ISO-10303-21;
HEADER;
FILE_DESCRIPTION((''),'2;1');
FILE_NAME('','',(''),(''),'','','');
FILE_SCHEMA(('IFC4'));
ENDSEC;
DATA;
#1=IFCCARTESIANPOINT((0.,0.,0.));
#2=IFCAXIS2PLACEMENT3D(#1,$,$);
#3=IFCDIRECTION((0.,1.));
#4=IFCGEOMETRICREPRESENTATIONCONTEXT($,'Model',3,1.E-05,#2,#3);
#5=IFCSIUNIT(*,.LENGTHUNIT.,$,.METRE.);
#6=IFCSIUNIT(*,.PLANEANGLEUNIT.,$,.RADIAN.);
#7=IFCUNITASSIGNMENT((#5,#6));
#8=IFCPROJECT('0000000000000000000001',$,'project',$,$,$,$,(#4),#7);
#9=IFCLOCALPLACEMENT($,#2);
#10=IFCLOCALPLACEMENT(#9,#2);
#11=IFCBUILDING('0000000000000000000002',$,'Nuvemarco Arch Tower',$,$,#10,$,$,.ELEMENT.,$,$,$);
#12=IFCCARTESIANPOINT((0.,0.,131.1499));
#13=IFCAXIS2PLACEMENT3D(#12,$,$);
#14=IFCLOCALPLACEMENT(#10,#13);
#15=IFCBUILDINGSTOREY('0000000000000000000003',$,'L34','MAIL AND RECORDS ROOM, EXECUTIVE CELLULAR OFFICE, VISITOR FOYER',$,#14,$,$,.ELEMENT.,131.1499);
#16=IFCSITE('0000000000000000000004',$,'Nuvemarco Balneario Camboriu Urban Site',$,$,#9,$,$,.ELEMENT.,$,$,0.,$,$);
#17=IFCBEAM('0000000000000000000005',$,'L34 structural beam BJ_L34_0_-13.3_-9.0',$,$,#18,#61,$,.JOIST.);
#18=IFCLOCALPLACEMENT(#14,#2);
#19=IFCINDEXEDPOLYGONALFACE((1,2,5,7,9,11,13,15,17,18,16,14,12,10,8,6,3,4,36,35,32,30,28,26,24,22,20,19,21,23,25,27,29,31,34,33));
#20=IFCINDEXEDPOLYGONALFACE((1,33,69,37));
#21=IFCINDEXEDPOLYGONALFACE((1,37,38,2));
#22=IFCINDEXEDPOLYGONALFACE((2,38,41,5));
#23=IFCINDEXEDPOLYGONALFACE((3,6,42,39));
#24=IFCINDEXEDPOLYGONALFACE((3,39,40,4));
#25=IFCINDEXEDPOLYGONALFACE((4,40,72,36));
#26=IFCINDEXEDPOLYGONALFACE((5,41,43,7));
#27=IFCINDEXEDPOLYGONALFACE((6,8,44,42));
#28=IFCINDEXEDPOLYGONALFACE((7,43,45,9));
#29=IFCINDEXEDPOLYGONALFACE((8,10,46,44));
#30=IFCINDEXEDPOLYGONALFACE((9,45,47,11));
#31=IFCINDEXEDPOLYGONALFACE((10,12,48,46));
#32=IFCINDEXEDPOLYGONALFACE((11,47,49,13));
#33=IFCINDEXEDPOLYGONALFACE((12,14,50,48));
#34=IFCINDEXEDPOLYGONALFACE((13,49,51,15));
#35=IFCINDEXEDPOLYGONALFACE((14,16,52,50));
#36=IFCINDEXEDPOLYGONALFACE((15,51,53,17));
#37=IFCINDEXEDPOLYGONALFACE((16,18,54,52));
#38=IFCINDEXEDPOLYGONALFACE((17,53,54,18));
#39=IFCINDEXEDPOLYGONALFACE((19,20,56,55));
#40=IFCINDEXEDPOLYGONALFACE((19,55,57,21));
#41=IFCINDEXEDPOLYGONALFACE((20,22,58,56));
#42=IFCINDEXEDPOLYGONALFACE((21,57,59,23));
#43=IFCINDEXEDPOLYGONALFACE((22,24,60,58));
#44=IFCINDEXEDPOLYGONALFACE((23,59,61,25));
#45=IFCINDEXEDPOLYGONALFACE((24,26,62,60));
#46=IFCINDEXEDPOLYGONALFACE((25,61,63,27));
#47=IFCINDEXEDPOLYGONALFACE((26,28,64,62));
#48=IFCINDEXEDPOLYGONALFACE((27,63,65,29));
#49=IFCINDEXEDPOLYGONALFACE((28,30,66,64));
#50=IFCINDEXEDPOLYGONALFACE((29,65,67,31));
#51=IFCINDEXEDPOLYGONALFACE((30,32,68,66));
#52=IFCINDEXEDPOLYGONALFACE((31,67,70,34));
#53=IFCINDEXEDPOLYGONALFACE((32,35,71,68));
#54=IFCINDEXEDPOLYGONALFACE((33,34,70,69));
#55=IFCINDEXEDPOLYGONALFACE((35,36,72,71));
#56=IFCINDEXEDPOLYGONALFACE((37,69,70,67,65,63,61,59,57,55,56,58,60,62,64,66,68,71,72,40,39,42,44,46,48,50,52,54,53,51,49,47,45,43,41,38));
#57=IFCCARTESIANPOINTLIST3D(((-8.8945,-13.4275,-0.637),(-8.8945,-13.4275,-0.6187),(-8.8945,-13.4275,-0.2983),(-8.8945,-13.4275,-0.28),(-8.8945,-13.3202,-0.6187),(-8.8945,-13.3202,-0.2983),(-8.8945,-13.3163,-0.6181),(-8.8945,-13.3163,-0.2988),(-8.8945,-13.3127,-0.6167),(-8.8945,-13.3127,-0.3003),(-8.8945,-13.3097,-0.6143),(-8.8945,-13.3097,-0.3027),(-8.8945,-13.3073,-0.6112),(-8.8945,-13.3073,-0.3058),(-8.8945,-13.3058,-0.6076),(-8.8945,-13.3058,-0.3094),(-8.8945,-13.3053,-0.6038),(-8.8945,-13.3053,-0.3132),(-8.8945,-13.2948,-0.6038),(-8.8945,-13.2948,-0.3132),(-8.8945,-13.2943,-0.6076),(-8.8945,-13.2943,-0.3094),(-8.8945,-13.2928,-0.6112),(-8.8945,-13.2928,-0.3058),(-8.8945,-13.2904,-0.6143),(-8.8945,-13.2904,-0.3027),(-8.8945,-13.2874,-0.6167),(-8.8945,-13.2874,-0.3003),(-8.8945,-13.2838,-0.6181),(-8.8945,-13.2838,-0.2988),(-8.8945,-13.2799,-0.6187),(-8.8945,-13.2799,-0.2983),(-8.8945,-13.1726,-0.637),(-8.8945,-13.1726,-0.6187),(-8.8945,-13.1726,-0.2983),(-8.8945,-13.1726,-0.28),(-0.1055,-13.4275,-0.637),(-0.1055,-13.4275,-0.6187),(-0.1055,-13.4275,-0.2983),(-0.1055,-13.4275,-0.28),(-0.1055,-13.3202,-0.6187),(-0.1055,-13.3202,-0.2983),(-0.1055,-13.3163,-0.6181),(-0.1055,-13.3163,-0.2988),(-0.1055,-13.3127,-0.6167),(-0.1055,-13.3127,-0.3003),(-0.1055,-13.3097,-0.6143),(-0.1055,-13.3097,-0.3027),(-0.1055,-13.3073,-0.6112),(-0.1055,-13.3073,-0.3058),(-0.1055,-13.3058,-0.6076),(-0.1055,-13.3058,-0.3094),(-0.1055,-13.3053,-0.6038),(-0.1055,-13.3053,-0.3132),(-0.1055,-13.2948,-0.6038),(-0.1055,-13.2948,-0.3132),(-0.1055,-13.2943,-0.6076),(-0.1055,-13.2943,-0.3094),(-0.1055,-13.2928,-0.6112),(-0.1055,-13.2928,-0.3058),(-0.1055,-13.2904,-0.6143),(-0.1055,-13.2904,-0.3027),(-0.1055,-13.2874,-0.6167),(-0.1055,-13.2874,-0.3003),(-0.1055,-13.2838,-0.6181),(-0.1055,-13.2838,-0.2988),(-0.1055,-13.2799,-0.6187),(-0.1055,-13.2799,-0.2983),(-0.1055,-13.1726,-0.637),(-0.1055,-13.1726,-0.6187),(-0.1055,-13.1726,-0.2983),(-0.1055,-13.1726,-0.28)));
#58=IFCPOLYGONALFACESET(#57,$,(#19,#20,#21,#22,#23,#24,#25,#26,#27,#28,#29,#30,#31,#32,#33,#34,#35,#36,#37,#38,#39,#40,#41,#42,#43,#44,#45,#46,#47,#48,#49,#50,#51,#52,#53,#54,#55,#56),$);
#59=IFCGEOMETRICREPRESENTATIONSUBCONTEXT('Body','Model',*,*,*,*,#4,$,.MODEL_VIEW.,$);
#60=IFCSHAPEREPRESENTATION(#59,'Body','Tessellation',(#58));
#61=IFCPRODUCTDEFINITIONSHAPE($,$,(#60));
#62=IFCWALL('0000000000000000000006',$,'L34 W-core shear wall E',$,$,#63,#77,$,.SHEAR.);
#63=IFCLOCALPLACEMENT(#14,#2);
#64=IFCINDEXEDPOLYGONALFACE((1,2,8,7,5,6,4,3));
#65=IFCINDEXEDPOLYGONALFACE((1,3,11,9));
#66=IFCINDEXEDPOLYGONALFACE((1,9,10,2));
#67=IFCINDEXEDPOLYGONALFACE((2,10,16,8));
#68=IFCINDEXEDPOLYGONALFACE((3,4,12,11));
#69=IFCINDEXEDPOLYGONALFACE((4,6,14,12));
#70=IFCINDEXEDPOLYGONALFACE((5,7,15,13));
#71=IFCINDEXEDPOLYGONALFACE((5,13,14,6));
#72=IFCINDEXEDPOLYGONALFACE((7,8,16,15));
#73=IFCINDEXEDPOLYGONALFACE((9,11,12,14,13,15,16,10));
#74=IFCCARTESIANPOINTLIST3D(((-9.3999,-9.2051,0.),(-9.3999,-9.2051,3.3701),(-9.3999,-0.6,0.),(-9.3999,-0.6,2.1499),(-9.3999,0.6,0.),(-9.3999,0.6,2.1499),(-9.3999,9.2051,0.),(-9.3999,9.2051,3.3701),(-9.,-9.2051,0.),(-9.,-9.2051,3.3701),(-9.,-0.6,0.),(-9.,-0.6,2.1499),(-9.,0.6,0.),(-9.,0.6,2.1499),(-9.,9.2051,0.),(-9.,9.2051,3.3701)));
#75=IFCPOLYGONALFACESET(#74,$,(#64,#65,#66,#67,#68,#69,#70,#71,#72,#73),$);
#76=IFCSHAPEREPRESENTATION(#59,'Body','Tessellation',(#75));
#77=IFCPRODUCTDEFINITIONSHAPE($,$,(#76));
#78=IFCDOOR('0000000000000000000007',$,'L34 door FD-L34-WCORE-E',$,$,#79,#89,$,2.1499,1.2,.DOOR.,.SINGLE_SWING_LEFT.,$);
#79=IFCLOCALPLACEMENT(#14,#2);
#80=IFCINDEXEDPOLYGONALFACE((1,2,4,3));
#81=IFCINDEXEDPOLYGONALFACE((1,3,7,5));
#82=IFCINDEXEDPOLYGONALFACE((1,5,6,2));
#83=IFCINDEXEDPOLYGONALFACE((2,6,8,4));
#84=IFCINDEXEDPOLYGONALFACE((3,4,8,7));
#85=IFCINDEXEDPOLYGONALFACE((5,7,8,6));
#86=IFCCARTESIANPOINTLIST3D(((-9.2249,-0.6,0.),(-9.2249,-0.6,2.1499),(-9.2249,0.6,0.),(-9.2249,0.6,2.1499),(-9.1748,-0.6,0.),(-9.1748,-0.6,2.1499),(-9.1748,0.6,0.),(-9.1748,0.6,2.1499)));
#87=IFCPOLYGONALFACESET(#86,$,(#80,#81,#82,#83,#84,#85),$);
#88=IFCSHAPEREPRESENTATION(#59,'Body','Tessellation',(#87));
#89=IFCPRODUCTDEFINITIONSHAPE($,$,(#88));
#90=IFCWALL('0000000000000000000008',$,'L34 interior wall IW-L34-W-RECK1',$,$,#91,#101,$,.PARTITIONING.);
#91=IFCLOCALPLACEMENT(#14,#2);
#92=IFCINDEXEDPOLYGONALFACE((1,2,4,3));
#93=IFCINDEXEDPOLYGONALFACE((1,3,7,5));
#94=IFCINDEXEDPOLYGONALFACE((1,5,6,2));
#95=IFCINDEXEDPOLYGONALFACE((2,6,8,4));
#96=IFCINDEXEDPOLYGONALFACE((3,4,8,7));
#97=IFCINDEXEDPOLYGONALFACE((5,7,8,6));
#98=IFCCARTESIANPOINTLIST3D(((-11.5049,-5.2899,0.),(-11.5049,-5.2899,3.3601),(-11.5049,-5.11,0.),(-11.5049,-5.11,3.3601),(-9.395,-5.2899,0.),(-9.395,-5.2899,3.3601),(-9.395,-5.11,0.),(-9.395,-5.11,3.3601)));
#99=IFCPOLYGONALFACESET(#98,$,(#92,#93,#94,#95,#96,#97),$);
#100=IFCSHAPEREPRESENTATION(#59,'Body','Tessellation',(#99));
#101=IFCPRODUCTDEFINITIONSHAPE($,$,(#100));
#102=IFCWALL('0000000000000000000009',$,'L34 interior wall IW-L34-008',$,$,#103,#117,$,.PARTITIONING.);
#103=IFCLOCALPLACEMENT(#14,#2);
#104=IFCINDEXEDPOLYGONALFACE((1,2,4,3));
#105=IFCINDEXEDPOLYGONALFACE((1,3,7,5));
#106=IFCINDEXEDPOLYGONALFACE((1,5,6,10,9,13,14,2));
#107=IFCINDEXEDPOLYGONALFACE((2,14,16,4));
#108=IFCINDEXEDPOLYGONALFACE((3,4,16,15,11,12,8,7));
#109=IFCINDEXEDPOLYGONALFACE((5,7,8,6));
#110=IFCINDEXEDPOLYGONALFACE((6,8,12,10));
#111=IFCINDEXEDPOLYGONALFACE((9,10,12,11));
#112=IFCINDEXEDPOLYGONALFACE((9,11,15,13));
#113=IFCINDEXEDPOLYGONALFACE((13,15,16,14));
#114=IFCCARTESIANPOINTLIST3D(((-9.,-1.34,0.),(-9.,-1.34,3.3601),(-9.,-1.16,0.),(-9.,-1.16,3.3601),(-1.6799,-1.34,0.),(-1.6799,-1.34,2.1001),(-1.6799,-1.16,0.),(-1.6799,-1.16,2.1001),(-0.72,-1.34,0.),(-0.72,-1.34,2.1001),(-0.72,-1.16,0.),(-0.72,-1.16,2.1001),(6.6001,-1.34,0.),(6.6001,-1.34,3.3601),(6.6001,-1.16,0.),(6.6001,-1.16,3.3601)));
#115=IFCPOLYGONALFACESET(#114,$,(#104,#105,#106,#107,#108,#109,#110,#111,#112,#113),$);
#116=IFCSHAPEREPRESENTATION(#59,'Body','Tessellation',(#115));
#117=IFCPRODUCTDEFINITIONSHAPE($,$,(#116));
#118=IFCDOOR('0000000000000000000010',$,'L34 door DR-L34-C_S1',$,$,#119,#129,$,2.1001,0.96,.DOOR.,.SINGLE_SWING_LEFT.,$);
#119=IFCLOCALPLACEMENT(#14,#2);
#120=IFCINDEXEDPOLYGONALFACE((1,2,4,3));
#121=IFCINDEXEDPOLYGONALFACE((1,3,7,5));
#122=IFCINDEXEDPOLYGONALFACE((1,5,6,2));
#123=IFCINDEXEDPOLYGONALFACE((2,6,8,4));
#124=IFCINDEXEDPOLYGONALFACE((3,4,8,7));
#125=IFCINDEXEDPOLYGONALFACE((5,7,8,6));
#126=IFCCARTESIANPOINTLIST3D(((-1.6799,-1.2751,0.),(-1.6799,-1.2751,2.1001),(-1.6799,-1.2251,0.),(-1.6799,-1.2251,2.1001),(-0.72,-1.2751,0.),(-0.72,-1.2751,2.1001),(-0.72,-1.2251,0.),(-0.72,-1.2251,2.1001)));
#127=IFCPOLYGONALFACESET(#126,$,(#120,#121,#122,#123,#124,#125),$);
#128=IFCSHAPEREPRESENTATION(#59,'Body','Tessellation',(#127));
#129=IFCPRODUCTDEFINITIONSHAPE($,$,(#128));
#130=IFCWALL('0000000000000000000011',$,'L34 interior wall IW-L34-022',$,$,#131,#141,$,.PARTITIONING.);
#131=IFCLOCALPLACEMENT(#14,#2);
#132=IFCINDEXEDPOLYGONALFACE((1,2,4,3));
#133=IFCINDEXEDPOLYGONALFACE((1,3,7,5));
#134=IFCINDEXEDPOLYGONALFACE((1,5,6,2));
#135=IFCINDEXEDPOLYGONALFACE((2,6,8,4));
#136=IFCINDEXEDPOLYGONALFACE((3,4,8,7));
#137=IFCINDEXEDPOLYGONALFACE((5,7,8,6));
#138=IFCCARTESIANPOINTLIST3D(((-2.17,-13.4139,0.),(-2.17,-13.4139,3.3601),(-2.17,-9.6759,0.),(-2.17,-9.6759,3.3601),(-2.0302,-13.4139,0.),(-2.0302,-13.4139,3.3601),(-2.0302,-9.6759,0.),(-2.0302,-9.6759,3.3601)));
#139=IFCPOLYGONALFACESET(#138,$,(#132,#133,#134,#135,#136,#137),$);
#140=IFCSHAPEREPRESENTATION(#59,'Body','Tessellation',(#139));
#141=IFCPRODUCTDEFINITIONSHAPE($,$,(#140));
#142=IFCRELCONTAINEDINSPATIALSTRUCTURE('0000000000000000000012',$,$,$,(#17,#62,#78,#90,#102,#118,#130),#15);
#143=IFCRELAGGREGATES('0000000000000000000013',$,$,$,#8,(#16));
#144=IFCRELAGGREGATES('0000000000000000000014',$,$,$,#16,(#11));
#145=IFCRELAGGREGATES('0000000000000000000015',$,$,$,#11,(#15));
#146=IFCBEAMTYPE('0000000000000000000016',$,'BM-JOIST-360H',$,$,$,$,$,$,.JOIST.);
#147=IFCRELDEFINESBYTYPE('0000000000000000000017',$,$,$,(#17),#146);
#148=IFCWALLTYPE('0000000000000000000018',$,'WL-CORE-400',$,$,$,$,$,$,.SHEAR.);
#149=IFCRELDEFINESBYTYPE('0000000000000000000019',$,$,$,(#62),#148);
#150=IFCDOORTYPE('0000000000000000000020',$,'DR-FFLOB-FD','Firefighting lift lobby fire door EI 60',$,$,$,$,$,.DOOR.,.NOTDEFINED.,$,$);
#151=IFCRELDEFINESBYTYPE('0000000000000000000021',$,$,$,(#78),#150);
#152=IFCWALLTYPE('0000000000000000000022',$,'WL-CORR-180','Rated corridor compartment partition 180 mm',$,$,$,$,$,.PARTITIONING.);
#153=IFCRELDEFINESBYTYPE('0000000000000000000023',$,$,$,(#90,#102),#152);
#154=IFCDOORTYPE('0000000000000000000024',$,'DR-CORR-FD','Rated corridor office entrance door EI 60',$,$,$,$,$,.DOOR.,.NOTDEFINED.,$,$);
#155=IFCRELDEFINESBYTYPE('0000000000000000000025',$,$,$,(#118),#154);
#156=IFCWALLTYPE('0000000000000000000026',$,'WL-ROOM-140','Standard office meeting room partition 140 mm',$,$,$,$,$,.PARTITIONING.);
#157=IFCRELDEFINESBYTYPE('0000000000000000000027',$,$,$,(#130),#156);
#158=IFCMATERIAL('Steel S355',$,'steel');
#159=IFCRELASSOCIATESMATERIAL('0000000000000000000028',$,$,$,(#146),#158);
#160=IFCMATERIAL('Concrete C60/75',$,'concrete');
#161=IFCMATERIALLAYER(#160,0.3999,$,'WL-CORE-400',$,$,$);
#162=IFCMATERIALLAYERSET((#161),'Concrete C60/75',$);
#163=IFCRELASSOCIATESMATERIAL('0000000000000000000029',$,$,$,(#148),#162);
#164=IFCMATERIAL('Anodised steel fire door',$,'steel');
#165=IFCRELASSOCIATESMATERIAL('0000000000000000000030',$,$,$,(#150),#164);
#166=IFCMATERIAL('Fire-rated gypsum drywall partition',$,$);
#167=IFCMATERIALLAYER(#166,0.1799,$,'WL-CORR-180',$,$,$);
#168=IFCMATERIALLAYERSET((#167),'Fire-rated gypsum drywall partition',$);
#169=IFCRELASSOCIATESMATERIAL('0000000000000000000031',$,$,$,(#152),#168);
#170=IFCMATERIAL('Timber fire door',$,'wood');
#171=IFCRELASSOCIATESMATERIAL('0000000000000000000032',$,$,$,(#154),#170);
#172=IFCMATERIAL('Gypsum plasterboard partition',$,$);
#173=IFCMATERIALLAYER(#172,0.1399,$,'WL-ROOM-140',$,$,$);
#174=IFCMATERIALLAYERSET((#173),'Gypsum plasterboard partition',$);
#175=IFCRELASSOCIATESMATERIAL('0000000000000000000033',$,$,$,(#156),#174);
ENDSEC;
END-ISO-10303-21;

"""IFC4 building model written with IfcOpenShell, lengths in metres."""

from ifc_helpers import new_model, si_unit, direction, frame, frame_2d, origin, origin_2d, place, context, subcontext, project, spatial, rectangle, i_section, extrude, source, transform, mapped, material, layer, layer_set, material_profile, profile_set, type_object, type_shapes, element, fill, save


model = new_model("IFC4")

# Units and contexts
model_context = context("Model", 3, precision=1e-05, world=origin(), true_north=direction((0.0, 1.0)))
body_context = subcontext(model_context, "Body", "Model", "MODEL_VIEW")
ifc_project = project(units=[si_unit("LENGTHUNIT", "METRE"), si_unit("PLANEANGLEUNIT", "RADIAN")], contexts=[model_context])

# Site, building, storey
site_placement = place(None, origin())
site = spatial("IfcSite", under=ifc_project, at=site_placement, Name="Nuvemarco Balneario Camboriu Urban Site", CompositionType="ELEMENT", RefElevation=0.0)
building_placement = place(site_placement, origin())
building = spatial("IfcBuilding", under=site, at=building_placement, Name="Nuvemarco Arch Tower", CompositionType="ELEMENT")
storey_placement = place(building_placement, frame((0.0, 0.0, 131.1499)))
storey = spatial("IfcBuildingStorey", under=building, at=storey_placement, Name="L34", Description="MAIL AND RECORDS ROOM, EXECUTIVE CELLULAR OFFICE, VISITOR FOYER", CompositionType="ELEMENT", Elevation=131.1499)

# Beam
ifc_material_1 = material(Name="Concrete C60/75", Category="concrete")
ifc_material_2 = material(Name="Steel S355", Category="steel")
ifc_material_profile_1 = material_profile(ifc_material_2, i_section(OverallWidth=0.2549, OverallDepth=0.3569, WebThickness=0.0105, FlangeThickness=0.0183, FilletRadius=0.0149, at=origin_2d()), Name="W360x101")
ifc_profile_set_1 = profile_set([ifc_material_profile_1], Name="Steel S355")
beam_type_1 = type_object("IfcBeamType", Name="BM-JOIST-360H", PredefinedType="JOIST", material=ifc_profile_set_1)
beam_1_placement = place(storey_placement, frame((-8.8945, -13.3, -0.4585), z_axis=(1.0, 0.0, 0.0), x_axis=(0.0, 1.0, 0.0)))
element("IfcBeam", 1, at=beam_1_placement, inside=storey, type_object=beam_type_1, Name="L34 structural beam BJ_L34_0_-13.3_-9.0", PredefinedType="JOIST", context=body_context, shape_type="SweptSolid", body=[
    extrude(i_section(OverallWidth=0.2549, OverallDepth=0.3569, WebThickness=0.0105, FlangeThickness=0.0183, FilletRadius=0.0149, at=origin_2d()), origin(), (0.0, 0.0, 1.0), 8.7891),
])

# Wall, opening, door
ifc_layer_1 = layer(ifc_material_1, 0.3999, Name="WL-CORE-400")
ifc_layer_set_1 = layer_set([ifc_layer_1], Name="Concrete C60/75")
wall_type_1 = type_object("IfcWallType", Name="WL-CORE-400", PredefinedType="SHEAR", material=ifc_layer_set_1)
wall_1_placement = place(storey_placement, frame((-9.2, -9.2051, 0.0), z_axis=(0.0, 0.0, 1.0), x_axis=(0.0, 1.0, 0.0)))
wall_1 = element("IfcWall", 2, at=wall_1_placement, inside=storey, type_object=wall_type_1, Name="L34 W-core shear wall E", PredefinedType="SHEAR", context=body_context, shape_type="SweptSolid", body=[
    extrude(rectangle(XDim=18.4102, YDim=0.3999, at=frame_2d((9.2051, 0.0))), origin(), (0.0, 0.0, 1.0), 3.3701),
])
opening_1_placement = place(wall_1_placement, frame((8.605, 0.0, 0.0)))
opening_1 = element("IfcOpeningElement", 3, at=opening_1_placement, cuts=wall_1, PredefinedType="OPENING", context=body_context, shape_type="SweptSolid", body=[
    extrude(rectangle(XDim=1.2, YDim=2.1499, at=frame_2d((0.6001, 1.075))), frame((0.0, 0.21, 0.0), z_axis=(0.0, -1.0, 0.0), x_axis=(1.0, 0.0, 0.0)), (0.0, 0.0, 1.0), 0.4199),
])
ifc_material_3 = material(Name="Anodised steel fire door", Category="steel")
door_type_1 = type_object("IfcDoorType", Name="DR-FFLOB-FD", Description="Firefighting lift lobby fire door EI 60", OperationType="NOTDEFINED", PredefinedType="DOOR", material=ifc_material_3)
shared_shape_1 = source(origin(), body_context, "Body", "SweptSolid", [
    extrude(rectangle(XDim=1.2, YDim=2.1499, at=frame_2d((0.6001, 1.075))), frame((0.0, 0.0249, 0.0), z_axis=(0.0, -1.0, 0.0), x_axis=(1.0, 0.0, 0.0)), (0.0, 0.0, 1.0), 0.05),
])
type_shapes(door_type_1, [shared_shape_1])
door_1_placement = place(opening_1_placement, origin())
door_1 = element("IfcDoor", 4, at=door_1_placement, inside=storey, type_object=door_type_1, Name="L34 door FD-L34-WCORE-E", OperationType="SINGLE_SWING_LEFT", OverallHeight=2.1499, OverallWidth=1.2, PredefinedType="DOOR", context=body_context, shape_type="MappedRepresentation", body=[
    mapped(shared_shape_1, transform((0.0, 0.0, 0.0), scale=1.0)),
])
fill(opening_1, door_1)

# Wall
ifc_material_4 = material(Name="Fire-rated gypsum drywall partition")
ifc_layer_2 = layer(ifc_material_4, 0.1799, Name="WL-CORR-180")
ifc_layer_set_2 = layer_set([ifc_layer_2], Name="Fire-rated gypsum drywall partition")
wall_type_2 = type_object("IfcWallType", Name="WL-CORR-180", Description="Rated corridor compartment partition 180 mm", PredefinedType="PARTITIONING", material=ifc_layer_set_2)
wall_2_placement = place(storey_placement, frame((-11.5049, -5.2, 0.0), z_axis=(0.0, 0.0, 1.0), x_axis=(1.0, 0.0, 0.0)))
element("IfcWall", 5, at=wall_2_placement, inside=storey, type_object=wall_type_2, Name="L34 interior wall IW-L34-W-RECK1", PredefinedType="PARTITIONING", context=body_context, shape_type="SweptSolid", body=[
    extrude(rectangle(XDim=2.1099, YDim=0.1799, at=frame_2d((1.0549, 0.0))), origin(), (0.0, 0.0, 1.0), 3.3601),
])

# Wall, opening, door
wall_3_placement = place(storey_placement, frame((-9.0, -1.25, 0.0), z_axis=(0.0, 0.0, 1.0), x_axis=(1.0, 0.0, 0.0)))
wall_3 = element("IfcWall", 6, at=wall_3_placement, inside=storey, type_object=wall_type_2, Name="L34 interior wall IW-L34-008", PredefinedType="PARTITIONING", context=body_context, shape_type="SweptSolid", body=[
    extrude(rectangle(XDim=15.6001, YDim=0.1799, at=frame_2d((7.8, 0.0))), origin(), (0.0, 0.0, 1.0), 3.3601),
])
opening_2_placement = place(wall_3_placement, frame((7.3201, 0.0, 0.0)))
opening_2 = element("IfcOpeningElement", 7, at=opening_2_placement, cuts=wall_3, PredefinedType="OPENING", context=body_context, shape_type="SweptSolid", body=[
    extrude(rectangle(XDim=0.96, YDim=2.1001, at=frame_2d((0.48, 1.05))), frame((0.0, 0.0999, 0.0), z_axis=(0.0, -1.0, 0.0), x_axis=(1.0, 0.0, 0.0)), (0.0, 0.0, 1.0), 0.2),
])
ifc_material_5 = material(Name="Timber fire door", Category="wood")
door_type_2 = type_object("IfcDoorType", Name="DR-CORR-FD", Description="Rated corridor office entrance door EI 60", OperationType="NOTDEFINED", PredefinedType="DOOR", material=ifc_material_5)
shared_shape_2 = source(origin(), body_context, "Body", "SweptSolid", [
    extrude(rectangle(XDim=0.96, YDim=2.1001, at=frame_2d((0.48, 1.05))), frame((0.0, 0.0249, 0.0), z_axis=(0.0, -1.0, 0.0), x_axis=(1.0, 0.0, 0.0)), (0.0, 0.0, 1.0), 0.05),
])
type_shapes(door_type_2, [shared_shape_2])
door_2_placement = place(opening_2_placement, origin())
door_2 = element("IfcDoor", 8, at=door_2_placement, inside=storey, type_object=door_type_2, Name="L34 door DR-L34-C_S1", OperationType="SINGLE_SWING_LEFT", OverallHeight=2.1001, OverallWidth=0.96, PredefinedType="DOOR", context=body_context, shape_type="MappedRepresentation", body=[
    mapped(shared_shape_2, transform((0.0, 0.0, 0.0), scale=1.0)),
])
fill(opening_2, door_2)

# Wall
ifc_material_6 = material(Name="Gypsum plasterboard partition")
ifc_layer_3 = layer(ifc_material_6, 0.1399, Name="WL-ROOM-140")
ifc_layer_set_3 = layer_set([ifc_layer_3], Name="Gypsum plasterboard partition")
wall_type_3 = type_object("IfcWallType", Name="WL-ROOM-140", Description="Standard office meeting room partition 140 mm", PredefinedType="PARTITIONING", material=ifc_layer_set_3)
wall_4_placement = place(storey_placement, frame((-2.1001, -13.4141, 0.0), z_axis=(0.0, 0.0, 1.0), x_axis=(0.0, 1.0, 0.0)))
element("IfcWall", 9, at=wall_4_placement, inside=storey, type_object=wall_type_3, Name="L34 interior wall IW-L34-022", PredefinedType="PARTITIONING", context=body_context, shape_type="SweptSolid", body=[
    extrude(rectangle(XDim=3.738, YDim=0.1399, at=frame_2d((1.8691, 0.0))), origin(), (0.0, 0.0, 1.0), 3.3601),
])

save(model, "model.ifc")
